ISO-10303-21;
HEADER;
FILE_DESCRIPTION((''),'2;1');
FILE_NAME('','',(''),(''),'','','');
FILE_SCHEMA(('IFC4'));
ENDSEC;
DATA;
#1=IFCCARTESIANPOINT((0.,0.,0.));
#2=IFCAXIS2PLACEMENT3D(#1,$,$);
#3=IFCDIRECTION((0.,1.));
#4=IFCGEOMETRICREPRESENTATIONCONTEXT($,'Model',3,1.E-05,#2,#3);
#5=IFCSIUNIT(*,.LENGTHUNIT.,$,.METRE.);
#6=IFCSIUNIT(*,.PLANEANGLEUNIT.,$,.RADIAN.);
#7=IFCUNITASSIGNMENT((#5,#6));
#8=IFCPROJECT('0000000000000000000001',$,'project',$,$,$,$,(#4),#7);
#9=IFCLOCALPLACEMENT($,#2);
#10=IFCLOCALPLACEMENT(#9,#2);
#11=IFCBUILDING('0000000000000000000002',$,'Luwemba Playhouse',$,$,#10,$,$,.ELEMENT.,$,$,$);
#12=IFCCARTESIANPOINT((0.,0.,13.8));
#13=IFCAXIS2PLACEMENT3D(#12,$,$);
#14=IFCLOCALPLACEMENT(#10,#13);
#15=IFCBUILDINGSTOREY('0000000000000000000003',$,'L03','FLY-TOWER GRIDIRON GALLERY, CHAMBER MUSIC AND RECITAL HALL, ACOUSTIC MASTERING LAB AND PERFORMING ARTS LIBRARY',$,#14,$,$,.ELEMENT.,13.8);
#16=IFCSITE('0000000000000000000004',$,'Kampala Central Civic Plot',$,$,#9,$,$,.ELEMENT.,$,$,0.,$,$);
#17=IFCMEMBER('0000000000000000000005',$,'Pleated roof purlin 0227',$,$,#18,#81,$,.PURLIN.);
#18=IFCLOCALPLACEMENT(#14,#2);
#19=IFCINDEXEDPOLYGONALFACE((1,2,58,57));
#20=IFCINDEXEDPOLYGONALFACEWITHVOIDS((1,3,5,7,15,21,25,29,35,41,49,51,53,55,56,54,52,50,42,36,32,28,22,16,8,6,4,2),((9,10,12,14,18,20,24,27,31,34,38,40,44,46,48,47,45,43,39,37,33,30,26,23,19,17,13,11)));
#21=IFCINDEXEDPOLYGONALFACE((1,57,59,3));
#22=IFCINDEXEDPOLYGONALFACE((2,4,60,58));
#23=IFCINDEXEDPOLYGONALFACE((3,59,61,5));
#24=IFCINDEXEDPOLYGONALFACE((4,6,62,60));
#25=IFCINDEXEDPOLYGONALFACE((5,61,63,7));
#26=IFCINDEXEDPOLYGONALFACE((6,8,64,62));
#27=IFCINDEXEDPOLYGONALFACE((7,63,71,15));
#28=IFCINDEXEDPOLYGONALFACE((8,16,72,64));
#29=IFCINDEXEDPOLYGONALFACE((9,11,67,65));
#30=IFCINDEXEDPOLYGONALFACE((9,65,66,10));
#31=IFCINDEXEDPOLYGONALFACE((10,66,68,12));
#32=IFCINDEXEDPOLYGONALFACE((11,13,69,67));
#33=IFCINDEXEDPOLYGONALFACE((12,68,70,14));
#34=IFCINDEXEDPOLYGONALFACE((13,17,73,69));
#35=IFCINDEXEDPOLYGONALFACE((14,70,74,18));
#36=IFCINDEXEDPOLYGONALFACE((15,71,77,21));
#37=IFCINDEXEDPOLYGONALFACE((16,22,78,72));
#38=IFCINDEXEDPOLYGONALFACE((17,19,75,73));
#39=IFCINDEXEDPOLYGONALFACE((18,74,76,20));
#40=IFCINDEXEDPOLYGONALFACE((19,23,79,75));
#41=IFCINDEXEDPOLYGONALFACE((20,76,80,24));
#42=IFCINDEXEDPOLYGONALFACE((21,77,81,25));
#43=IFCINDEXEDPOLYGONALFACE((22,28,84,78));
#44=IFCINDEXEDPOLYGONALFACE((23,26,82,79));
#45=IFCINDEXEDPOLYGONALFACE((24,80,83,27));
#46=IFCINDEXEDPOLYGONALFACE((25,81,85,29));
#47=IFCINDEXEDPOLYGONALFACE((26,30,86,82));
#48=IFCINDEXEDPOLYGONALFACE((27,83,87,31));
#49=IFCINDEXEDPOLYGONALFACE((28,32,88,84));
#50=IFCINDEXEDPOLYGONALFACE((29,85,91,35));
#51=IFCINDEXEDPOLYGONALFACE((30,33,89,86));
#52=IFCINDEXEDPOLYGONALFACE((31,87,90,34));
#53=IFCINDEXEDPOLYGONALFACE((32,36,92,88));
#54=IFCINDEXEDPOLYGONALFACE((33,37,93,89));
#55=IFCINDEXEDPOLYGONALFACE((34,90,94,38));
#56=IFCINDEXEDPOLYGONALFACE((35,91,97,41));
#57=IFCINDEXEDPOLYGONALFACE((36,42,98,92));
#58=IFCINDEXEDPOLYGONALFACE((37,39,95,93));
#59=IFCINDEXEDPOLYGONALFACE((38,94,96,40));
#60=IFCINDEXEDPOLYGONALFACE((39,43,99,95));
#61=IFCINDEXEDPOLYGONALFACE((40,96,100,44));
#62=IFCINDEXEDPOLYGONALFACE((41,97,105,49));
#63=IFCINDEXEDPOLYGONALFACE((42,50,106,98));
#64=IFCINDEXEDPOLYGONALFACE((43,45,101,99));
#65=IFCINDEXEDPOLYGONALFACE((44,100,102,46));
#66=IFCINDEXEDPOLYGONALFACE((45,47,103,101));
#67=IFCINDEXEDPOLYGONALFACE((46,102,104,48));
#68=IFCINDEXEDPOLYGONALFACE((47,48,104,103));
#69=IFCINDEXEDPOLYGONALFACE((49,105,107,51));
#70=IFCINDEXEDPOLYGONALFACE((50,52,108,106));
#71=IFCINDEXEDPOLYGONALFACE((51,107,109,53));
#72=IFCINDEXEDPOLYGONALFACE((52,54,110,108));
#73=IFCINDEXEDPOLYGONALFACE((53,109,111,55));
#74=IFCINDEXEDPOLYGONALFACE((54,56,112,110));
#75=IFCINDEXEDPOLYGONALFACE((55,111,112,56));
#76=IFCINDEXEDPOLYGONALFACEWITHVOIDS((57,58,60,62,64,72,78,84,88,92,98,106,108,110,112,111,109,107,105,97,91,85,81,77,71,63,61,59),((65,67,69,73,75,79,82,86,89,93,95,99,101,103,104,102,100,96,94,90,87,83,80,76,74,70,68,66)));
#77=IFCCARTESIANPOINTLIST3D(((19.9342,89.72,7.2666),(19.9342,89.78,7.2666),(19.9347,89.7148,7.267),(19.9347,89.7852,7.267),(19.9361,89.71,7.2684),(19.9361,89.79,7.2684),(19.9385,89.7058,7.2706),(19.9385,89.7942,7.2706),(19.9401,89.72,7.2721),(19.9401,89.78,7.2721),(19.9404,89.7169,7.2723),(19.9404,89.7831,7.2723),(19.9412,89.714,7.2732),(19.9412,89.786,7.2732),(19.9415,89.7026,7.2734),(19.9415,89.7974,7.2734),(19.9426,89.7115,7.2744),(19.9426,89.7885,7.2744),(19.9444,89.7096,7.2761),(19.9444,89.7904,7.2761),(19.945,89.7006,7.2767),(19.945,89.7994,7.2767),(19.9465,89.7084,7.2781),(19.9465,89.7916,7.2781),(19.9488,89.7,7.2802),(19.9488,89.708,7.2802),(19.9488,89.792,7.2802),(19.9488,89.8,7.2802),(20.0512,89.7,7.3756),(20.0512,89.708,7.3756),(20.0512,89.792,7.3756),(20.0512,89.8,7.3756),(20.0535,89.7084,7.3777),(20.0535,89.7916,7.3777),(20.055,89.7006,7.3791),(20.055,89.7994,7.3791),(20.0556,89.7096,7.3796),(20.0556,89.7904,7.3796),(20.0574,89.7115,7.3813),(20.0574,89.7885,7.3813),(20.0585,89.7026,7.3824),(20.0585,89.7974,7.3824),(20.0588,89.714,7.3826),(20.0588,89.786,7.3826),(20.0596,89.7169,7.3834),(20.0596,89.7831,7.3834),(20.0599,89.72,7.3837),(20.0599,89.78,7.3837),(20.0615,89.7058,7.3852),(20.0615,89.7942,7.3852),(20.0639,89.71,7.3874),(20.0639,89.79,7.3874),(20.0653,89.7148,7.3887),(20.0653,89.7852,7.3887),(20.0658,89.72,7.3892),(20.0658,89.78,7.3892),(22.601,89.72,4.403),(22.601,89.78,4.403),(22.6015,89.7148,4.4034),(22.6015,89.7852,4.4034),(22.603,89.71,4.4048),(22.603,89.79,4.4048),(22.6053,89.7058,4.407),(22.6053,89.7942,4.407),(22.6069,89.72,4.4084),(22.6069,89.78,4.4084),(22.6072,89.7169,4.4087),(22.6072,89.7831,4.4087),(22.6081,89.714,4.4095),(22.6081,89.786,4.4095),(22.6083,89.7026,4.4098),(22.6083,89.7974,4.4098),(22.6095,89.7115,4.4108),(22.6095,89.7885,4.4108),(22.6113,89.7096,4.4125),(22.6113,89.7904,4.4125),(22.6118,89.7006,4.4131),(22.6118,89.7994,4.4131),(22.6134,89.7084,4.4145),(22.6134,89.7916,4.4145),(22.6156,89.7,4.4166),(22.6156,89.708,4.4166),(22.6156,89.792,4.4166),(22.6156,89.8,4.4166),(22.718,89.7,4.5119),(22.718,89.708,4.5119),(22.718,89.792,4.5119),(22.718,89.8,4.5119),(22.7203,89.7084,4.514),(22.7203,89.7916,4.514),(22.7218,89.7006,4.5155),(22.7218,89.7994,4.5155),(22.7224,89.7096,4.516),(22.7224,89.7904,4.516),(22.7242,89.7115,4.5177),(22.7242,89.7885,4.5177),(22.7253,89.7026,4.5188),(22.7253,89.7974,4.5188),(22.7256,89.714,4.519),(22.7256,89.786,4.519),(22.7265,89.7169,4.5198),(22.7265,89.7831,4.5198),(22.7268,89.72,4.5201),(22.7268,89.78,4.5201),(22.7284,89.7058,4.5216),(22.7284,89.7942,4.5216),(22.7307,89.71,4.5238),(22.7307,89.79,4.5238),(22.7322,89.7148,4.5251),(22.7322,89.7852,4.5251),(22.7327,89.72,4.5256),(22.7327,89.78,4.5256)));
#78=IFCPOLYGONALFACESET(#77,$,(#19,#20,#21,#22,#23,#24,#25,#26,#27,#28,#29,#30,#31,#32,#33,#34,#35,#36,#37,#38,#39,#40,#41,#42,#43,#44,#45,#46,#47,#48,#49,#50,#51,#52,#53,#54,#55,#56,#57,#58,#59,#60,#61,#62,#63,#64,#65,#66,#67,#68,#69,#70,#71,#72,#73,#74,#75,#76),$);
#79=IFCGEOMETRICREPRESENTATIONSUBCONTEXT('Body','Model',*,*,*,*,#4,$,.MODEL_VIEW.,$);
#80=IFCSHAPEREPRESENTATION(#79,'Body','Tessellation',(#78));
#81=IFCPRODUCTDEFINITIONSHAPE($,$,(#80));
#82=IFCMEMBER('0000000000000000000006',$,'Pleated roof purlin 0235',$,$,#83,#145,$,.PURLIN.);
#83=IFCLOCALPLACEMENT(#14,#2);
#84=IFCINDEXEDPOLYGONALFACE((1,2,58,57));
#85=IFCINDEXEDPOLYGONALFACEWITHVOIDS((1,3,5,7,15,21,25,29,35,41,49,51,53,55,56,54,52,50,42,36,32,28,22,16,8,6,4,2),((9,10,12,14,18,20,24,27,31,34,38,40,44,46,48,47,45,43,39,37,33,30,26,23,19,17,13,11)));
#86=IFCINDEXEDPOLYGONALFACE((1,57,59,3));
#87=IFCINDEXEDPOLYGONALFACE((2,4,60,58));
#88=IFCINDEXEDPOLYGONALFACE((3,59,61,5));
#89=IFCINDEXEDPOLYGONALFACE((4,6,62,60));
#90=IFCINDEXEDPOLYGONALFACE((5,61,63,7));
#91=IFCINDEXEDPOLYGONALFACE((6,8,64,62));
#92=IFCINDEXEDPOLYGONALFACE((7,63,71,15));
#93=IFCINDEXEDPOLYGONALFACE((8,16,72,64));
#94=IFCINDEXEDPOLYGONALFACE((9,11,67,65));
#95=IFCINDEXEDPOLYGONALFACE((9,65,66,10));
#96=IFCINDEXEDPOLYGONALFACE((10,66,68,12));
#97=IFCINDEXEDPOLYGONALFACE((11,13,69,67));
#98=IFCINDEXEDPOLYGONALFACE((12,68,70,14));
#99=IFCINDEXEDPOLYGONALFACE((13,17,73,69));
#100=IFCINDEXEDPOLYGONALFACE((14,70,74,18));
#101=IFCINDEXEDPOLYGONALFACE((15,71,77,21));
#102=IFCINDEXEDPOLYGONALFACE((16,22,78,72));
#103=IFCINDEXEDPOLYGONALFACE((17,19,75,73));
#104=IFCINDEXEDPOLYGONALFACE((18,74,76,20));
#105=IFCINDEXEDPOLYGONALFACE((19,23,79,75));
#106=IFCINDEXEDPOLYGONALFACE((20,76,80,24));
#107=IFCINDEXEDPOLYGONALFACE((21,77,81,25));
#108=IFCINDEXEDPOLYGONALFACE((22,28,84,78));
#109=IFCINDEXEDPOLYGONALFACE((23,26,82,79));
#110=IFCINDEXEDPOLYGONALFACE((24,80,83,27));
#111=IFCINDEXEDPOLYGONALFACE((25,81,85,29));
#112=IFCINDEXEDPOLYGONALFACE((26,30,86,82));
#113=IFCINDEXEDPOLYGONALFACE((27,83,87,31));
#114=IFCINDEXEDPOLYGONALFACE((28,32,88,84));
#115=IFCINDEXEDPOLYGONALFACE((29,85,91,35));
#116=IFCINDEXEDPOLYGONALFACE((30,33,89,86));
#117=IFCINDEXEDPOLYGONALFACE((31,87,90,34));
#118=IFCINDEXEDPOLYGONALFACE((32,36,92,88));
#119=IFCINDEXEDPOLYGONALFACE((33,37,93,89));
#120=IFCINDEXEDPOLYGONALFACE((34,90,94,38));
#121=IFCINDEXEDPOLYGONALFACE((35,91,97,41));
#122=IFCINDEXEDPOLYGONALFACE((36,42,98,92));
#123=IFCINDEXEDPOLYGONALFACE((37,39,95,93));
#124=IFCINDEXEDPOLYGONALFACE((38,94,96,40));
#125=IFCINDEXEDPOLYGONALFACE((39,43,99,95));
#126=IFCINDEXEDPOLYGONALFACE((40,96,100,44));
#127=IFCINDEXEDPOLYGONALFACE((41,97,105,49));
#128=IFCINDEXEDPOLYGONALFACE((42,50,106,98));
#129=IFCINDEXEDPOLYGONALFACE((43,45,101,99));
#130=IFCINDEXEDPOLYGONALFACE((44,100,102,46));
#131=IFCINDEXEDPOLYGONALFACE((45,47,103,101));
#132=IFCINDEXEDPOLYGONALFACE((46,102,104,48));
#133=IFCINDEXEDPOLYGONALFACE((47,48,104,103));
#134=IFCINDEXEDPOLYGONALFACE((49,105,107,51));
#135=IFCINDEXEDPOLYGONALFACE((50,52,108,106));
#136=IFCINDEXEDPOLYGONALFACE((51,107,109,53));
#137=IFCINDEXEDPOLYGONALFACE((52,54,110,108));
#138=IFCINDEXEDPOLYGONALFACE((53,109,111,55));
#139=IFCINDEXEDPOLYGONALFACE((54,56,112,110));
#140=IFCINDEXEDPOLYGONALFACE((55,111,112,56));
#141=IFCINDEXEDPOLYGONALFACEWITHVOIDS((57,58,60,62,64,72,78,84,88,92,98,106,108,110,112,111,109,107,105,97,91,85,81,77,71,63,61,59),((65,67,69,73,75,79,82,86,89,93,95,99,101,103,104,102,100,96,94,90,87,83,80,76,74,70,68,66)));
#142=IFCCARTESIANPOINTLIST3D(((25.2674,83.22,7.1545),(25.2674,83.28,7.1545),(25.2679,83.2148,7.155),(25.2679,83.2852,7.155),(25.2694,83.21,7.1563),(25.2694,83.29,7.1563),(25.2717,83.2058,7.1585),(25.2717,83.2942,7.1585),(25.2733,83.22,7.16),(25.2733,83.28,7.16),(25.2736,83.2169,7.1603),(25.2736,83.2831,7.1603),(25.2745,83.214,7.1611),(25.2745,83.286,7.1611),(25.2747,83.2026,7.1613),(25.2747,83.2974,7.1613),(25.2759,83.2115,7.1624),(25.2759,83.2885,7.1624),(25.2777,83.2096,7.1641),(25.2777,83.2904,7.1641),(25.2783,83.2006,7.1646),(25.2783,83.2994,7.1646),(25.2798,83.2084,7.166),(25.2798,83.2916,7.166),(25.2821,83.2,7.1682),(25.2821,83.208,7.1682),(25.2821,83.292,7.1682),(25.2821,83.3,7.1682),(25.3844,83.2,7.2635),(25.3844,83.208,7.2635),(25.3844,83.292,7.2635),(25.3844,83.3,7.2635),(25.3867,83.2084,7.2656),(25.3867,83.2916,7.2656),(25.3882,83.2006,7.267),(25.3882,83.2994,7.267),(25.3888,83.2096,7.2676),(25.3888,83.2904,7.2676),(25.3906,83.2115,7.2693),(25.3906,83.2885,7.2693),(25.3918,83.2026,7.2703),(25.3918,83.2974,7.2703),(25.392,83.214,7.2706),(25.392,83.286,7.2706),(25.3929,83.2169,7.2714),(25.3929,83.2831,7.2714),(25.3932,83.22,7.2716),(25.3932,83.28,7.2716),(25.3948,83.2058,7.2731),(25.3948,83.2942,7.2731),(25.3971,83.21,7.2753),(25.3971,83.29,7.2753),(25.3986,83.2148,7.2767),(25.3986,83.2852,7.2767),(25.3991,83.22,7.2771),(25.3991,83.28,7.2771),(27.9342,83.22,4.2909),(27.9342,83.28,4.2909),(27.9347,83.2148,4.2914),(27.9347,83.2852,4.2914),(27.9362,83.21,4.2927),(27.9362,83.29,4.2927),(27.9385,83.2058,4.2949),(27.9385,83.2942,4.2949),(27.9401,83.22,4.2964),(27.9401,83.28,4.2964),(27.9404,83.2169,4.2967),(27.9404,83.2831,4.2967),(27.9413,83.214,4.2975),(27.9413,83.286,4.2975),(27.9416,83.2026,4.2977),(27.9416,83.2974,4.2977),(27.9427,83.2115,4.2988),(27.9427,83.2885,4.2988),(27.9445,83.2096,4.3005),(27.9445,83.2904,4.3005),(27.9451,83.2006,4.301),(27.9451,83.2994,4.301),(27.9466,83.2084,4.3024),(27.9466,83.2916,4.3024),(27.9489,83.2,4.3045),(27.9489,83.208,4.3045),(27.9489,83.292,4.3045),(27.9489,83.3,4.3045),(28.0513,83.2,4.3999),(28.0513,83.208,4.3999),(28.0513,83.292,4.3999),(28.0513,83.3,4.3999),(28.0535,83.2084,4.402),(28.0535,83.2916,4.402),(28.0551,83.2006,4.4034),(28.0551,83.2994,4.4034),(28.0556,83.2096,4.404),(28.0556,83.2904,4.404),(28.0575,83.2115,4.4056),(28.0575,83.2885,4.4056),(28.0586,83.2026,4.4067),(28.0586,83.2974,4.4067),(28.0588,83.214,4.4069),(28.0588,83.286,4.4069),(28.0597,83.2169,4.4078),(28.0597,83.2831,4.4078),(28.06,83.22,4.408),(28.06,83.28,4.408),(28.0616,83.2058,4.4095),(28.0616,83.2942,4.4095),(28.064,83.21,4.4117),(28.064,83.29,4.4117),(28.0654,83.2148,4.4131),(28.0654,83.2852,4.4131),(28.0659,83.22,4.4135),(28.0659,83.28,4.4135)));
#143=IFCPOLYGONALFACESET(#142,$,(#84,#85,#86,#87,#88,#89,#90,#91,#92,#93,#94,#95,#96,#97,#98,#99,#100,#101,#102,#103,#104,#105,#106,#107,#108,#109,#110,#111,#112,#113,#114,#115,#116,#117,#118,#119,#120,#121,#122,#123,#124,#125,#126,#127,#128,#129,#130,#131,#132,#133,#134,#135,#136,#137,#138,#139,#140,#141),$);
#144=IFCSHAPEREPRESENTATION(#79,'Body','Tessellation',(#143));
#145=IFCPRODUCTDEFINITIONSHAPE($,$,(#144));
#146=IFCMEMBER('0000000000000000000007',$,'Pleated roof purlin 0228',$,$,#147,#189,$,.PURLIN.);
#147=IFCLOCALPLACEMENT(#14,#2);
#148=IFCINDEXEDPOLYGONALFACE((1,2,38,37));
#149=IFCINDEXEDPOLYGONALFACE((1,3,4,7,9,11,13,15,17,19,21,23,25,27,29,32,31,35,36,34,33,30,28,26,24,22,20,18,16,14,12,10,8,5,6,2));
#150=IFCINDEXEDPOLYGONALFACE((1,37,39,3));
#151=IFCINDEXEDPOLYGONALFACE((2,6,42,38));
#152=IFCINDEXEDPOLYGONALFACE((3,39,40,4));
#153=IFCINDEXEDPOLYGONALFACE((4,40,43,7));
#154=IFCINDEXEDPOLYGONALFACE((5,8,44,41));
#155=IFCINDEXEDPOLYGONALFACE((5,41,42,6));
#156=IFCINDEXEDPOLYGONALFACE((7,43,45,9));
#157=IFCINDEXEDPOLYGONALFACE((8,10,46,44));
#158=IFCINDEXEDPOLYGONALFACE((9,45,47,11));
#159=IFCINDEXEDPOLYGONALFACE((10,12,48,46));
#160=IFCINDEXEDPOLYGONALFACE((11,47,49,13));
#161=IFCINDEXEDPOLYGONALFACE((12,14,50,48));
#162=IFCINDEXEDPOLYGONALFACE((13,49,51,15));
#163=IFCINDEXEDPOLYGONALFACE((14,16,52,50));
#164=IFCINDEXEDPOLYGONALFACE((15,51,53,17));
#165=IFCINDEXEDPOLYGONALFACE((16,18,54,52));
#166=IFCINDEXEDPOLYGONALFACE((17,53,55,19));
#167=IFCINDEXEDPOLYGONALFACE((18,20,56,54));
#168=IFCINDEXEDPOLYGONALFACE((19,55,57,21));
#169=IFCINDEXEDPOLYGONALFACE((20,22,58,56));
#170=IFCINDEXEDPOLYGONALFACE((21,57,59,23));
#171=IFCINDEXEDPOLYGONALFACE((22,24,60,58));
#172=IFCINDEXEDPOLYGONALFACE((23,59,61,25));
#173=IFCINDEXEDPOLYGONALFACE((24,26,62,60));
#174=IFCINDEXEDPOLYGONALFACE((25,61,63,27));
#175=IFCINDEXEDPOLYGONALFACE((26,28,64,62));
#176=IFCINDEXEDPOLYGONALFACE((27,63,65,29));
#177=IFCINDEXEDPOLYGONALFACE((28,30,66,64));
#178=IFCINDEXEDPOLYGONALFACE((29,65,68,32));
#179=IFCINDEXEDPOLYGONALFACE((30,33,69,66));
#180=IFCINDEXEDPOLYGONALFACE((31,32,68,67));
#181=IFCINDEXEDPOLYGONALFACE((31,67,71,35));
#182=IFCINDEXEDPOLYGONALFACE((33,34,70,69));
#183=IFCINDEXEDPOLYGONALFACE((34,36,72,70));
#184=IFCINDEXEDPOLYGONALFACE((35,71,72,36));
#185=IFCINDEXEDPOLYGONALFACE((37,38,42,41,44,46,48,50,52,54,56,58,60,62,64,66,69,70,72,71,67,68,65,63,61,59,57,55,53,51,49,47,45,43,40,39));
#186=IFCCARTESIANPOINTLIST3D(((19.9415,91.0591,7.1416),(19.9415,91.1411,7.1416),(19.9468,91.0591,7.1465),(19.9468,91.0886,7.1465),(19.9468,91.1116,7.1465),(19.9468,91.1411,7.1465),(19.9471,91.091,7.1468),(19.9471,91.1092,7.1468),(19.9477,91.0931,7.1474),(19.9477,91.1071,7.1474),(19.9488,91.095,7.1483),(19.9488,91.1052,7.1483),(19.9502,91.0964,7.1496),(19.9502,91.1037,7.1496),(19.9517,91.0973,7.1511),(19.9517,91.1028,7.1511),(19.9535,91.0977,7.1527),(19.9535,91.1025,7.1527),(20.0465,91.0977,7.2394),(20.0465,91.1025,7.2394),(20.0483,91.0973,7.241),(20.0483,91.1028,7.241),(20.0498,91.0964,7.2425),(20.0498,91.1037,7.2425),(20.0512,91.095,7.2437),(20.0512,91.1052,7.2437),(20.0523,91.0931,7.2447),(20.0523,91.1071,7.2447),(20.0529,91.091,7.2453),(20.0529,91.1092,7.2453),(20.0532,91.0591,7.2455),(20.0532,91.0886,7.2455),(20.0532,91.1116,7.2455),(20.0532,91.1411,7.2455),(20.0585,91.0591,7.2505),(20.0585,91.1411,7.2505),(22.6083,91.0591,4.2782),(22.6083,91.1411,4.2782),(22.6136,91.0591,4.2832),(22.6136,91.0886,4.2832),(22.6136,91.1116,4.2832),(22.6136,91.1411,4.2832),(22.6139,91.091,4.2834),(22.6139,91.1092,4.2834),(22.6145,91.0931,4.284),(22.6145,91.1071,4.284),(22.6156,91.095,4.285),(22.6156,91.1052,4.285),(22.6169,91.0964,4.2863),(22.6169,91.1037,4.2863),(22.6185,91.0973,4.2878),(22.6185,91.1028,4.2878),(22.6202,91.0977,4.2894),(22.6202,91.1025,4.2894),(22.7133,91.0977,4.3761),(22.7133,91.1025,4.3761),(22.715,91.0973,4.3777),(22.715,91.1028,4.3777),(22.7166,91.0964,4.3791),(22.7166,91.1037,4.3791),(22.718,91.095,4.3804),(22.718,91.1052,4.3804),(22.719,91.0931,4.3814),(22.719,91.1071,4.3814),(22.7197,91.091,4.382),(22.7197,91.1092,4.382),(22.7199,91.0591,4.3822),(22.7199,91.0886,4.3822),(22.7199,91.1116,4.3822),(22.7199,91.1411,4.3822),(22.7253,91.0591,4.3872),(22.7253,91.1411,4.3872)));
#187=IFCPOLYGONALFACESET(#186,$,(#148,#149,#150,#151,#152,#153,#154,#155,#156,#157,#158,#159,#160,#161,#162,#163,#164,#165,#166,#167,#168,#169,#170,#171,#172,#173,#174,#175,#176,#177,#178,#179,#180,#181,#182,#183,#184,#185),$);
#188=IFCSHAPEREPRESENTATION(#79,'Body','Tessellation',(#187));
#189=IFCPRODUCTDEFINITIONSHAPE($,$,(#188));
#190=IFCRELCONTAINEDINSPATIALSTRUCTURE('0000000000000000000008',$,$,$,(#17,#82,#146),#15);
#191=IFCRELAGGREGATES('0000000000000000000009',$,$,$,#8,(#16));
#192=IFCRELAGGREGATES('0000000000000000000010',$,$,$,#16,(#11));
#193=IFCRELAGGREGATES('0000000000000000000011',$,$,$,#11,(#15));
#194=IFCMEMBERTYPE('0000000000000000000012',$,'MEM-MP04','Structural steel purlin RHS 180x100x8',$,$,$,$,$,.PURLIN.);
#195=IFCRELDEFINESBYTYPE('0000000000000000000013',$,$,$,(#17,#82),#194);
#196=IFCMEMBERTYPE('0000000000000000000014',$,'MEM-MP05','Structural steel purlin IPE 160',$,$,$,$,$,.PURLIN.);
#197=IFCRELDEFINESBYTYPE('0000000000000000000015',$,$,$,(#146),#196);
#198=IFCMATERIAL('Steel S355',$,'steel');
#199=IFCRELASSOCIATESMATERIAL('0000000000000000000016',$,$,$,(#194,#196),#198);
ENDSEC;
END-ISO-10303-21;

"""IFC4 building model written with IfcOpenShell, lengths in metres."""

from ifc_helpers import new_model, si_unit, direction, frame, origin, origin_2d, place, context, subcontext, project, spatial, hollow_rectangle, i_section, extrude, material, material_profile, profile_set, type_object, element, save


model = new_model("IFC4")

# Units and contexts
model_context = context("Model", 3, precision=1e-05, world=origin(), true_north=direction((0.0, 1.0)))
body_context = subcontext(model_context, "Body", "Model", "MODEL_VIEW")
ifc_project = project(units=[si_unit("LENGTHUNIT", "METRE"), si_unit("PLANEANGLEUNIT", "RADIAN")], contexts=[model_context])

# Site, building, storey
site_placement = place(None, origin())
site = spatial("IfcSite", under=ifc_project, at=site_placement, Name="Kampala Central Civic Plot", CompositionType="ELEMENT", RefElevation=0.0)
building_placement = place(site_placement, origin())
building = spatial("IfcBuilding", under=site, at=building_placement, Name="Luwemba Playhouse", CompositionType="ELEMENT")
storey_placement = place(building_placement, frame((0.0, 0.0, 13.8)))
storey = spatial("IfcBuildingStorey", under=building, at=storey_placement, Name="L03", Description="FLY-TOWER GRIDIRON GALLERY, CHAMBER MUSIC AND RECITAL HALL, ACOUSTIC MASTERING LAB AND PERFORMING ARTS LIBRARY", CompositionType="ELEMENT", Elevation=13.8)

# Shared definitions
ifc_material_1 = material(Name="Steel S355", Category="steel")

# Members
ifc_material_profile_1 = material_profile(ifc_material_1, hollow_rectangle(XDim=0.1001, YDim=0.1799, WallThickness=0.0081, InnerFilletRadius=0.012, OuterFilletRadius=0.02, at=origin_2d()))
ifc_profile_set_1 = profile_set([ifc_material_profile_1], Name="Steel S355")
member_type_1 = type_object("IfcMemberType", Name="MEM-MP04", Description="Structural steel purlin RHS 180x100x8", PredefinedType="PURLIN", material=ifc_profile_set_1)
for number, where, z_axis, x_axis, name in (
    (1, (20.0, 89.75, 7.3279), (0.681515, 0.0, -0.731804), (0.0, 1.0, 0.0), "Pleated roof purlin 0227"),
    (2, (25.3333, 83.25, 7.2158), (0.681515, 0.0, -0.731804), (0.0, 1.0, 0.0), "Pleated roof purlin 0235"),
):
    element("IfcMember", number, at=place(storey_placement, frame(where, z_axis=z_axis, x_axis=x_axis)), inside=storey, type_object=member_type_1, Name=name, PredefinedType="PURLIN", context=body_context, shape_type="SweptSolid", body=[
        extrude(hollow_rectangle(XDim=0.1001, YDim=0.1799, WallThickness=0.0081, InnerFilletRadius=0.012, OuterFilletRadius=0.02, at=origin_2d()), origin(), (0.0, 0.0, 1.0), 3.9131),
    ])
ifc_material_profile_2 = material_profile(ifc_material_1, i_section(OverallWidth=0.082, OverallDepth=0.1599, WebThickness=0.0049, FlangeThickness=0.0073, FilletRadius=0.009, at=origin_2d()))
ifc_profile_set_2 = profile_set([ifc_material_profile_2], Name="Steel S355")
member_type_2 = type_object("IfcMemberType", Name="MEM-MP05", Description="Structural steel purlin IPE 160", PredefinedType="PURLIN", material=ifc_profile_set_2)
member_1_placement = place(storey_placement, frame((20.0, 91.1001, 7.196), z_axis=(0.681546, 0.0, -0.731775), x_axis=(0.0, 1.0, 0.0)))
element("IfcMember", 3, at=member_1_placement, inside=storey, type_object=member_type_2, Name="Pleated roof purlin 0228", PredefinedType="PURLIN", context=body_context, shape_type="SweptSolid", body=[
    extrude(i_section(OverallWidth=0.082, OverallDepth=0.1599, WebThickness=0.0049, FlangeThickness=0.0073, FilletRadius=0.009, at=origin_2d()), origin(), (0.0, 0.0, 1.0), 3.9128),
])

save(model, "model.ifc")
